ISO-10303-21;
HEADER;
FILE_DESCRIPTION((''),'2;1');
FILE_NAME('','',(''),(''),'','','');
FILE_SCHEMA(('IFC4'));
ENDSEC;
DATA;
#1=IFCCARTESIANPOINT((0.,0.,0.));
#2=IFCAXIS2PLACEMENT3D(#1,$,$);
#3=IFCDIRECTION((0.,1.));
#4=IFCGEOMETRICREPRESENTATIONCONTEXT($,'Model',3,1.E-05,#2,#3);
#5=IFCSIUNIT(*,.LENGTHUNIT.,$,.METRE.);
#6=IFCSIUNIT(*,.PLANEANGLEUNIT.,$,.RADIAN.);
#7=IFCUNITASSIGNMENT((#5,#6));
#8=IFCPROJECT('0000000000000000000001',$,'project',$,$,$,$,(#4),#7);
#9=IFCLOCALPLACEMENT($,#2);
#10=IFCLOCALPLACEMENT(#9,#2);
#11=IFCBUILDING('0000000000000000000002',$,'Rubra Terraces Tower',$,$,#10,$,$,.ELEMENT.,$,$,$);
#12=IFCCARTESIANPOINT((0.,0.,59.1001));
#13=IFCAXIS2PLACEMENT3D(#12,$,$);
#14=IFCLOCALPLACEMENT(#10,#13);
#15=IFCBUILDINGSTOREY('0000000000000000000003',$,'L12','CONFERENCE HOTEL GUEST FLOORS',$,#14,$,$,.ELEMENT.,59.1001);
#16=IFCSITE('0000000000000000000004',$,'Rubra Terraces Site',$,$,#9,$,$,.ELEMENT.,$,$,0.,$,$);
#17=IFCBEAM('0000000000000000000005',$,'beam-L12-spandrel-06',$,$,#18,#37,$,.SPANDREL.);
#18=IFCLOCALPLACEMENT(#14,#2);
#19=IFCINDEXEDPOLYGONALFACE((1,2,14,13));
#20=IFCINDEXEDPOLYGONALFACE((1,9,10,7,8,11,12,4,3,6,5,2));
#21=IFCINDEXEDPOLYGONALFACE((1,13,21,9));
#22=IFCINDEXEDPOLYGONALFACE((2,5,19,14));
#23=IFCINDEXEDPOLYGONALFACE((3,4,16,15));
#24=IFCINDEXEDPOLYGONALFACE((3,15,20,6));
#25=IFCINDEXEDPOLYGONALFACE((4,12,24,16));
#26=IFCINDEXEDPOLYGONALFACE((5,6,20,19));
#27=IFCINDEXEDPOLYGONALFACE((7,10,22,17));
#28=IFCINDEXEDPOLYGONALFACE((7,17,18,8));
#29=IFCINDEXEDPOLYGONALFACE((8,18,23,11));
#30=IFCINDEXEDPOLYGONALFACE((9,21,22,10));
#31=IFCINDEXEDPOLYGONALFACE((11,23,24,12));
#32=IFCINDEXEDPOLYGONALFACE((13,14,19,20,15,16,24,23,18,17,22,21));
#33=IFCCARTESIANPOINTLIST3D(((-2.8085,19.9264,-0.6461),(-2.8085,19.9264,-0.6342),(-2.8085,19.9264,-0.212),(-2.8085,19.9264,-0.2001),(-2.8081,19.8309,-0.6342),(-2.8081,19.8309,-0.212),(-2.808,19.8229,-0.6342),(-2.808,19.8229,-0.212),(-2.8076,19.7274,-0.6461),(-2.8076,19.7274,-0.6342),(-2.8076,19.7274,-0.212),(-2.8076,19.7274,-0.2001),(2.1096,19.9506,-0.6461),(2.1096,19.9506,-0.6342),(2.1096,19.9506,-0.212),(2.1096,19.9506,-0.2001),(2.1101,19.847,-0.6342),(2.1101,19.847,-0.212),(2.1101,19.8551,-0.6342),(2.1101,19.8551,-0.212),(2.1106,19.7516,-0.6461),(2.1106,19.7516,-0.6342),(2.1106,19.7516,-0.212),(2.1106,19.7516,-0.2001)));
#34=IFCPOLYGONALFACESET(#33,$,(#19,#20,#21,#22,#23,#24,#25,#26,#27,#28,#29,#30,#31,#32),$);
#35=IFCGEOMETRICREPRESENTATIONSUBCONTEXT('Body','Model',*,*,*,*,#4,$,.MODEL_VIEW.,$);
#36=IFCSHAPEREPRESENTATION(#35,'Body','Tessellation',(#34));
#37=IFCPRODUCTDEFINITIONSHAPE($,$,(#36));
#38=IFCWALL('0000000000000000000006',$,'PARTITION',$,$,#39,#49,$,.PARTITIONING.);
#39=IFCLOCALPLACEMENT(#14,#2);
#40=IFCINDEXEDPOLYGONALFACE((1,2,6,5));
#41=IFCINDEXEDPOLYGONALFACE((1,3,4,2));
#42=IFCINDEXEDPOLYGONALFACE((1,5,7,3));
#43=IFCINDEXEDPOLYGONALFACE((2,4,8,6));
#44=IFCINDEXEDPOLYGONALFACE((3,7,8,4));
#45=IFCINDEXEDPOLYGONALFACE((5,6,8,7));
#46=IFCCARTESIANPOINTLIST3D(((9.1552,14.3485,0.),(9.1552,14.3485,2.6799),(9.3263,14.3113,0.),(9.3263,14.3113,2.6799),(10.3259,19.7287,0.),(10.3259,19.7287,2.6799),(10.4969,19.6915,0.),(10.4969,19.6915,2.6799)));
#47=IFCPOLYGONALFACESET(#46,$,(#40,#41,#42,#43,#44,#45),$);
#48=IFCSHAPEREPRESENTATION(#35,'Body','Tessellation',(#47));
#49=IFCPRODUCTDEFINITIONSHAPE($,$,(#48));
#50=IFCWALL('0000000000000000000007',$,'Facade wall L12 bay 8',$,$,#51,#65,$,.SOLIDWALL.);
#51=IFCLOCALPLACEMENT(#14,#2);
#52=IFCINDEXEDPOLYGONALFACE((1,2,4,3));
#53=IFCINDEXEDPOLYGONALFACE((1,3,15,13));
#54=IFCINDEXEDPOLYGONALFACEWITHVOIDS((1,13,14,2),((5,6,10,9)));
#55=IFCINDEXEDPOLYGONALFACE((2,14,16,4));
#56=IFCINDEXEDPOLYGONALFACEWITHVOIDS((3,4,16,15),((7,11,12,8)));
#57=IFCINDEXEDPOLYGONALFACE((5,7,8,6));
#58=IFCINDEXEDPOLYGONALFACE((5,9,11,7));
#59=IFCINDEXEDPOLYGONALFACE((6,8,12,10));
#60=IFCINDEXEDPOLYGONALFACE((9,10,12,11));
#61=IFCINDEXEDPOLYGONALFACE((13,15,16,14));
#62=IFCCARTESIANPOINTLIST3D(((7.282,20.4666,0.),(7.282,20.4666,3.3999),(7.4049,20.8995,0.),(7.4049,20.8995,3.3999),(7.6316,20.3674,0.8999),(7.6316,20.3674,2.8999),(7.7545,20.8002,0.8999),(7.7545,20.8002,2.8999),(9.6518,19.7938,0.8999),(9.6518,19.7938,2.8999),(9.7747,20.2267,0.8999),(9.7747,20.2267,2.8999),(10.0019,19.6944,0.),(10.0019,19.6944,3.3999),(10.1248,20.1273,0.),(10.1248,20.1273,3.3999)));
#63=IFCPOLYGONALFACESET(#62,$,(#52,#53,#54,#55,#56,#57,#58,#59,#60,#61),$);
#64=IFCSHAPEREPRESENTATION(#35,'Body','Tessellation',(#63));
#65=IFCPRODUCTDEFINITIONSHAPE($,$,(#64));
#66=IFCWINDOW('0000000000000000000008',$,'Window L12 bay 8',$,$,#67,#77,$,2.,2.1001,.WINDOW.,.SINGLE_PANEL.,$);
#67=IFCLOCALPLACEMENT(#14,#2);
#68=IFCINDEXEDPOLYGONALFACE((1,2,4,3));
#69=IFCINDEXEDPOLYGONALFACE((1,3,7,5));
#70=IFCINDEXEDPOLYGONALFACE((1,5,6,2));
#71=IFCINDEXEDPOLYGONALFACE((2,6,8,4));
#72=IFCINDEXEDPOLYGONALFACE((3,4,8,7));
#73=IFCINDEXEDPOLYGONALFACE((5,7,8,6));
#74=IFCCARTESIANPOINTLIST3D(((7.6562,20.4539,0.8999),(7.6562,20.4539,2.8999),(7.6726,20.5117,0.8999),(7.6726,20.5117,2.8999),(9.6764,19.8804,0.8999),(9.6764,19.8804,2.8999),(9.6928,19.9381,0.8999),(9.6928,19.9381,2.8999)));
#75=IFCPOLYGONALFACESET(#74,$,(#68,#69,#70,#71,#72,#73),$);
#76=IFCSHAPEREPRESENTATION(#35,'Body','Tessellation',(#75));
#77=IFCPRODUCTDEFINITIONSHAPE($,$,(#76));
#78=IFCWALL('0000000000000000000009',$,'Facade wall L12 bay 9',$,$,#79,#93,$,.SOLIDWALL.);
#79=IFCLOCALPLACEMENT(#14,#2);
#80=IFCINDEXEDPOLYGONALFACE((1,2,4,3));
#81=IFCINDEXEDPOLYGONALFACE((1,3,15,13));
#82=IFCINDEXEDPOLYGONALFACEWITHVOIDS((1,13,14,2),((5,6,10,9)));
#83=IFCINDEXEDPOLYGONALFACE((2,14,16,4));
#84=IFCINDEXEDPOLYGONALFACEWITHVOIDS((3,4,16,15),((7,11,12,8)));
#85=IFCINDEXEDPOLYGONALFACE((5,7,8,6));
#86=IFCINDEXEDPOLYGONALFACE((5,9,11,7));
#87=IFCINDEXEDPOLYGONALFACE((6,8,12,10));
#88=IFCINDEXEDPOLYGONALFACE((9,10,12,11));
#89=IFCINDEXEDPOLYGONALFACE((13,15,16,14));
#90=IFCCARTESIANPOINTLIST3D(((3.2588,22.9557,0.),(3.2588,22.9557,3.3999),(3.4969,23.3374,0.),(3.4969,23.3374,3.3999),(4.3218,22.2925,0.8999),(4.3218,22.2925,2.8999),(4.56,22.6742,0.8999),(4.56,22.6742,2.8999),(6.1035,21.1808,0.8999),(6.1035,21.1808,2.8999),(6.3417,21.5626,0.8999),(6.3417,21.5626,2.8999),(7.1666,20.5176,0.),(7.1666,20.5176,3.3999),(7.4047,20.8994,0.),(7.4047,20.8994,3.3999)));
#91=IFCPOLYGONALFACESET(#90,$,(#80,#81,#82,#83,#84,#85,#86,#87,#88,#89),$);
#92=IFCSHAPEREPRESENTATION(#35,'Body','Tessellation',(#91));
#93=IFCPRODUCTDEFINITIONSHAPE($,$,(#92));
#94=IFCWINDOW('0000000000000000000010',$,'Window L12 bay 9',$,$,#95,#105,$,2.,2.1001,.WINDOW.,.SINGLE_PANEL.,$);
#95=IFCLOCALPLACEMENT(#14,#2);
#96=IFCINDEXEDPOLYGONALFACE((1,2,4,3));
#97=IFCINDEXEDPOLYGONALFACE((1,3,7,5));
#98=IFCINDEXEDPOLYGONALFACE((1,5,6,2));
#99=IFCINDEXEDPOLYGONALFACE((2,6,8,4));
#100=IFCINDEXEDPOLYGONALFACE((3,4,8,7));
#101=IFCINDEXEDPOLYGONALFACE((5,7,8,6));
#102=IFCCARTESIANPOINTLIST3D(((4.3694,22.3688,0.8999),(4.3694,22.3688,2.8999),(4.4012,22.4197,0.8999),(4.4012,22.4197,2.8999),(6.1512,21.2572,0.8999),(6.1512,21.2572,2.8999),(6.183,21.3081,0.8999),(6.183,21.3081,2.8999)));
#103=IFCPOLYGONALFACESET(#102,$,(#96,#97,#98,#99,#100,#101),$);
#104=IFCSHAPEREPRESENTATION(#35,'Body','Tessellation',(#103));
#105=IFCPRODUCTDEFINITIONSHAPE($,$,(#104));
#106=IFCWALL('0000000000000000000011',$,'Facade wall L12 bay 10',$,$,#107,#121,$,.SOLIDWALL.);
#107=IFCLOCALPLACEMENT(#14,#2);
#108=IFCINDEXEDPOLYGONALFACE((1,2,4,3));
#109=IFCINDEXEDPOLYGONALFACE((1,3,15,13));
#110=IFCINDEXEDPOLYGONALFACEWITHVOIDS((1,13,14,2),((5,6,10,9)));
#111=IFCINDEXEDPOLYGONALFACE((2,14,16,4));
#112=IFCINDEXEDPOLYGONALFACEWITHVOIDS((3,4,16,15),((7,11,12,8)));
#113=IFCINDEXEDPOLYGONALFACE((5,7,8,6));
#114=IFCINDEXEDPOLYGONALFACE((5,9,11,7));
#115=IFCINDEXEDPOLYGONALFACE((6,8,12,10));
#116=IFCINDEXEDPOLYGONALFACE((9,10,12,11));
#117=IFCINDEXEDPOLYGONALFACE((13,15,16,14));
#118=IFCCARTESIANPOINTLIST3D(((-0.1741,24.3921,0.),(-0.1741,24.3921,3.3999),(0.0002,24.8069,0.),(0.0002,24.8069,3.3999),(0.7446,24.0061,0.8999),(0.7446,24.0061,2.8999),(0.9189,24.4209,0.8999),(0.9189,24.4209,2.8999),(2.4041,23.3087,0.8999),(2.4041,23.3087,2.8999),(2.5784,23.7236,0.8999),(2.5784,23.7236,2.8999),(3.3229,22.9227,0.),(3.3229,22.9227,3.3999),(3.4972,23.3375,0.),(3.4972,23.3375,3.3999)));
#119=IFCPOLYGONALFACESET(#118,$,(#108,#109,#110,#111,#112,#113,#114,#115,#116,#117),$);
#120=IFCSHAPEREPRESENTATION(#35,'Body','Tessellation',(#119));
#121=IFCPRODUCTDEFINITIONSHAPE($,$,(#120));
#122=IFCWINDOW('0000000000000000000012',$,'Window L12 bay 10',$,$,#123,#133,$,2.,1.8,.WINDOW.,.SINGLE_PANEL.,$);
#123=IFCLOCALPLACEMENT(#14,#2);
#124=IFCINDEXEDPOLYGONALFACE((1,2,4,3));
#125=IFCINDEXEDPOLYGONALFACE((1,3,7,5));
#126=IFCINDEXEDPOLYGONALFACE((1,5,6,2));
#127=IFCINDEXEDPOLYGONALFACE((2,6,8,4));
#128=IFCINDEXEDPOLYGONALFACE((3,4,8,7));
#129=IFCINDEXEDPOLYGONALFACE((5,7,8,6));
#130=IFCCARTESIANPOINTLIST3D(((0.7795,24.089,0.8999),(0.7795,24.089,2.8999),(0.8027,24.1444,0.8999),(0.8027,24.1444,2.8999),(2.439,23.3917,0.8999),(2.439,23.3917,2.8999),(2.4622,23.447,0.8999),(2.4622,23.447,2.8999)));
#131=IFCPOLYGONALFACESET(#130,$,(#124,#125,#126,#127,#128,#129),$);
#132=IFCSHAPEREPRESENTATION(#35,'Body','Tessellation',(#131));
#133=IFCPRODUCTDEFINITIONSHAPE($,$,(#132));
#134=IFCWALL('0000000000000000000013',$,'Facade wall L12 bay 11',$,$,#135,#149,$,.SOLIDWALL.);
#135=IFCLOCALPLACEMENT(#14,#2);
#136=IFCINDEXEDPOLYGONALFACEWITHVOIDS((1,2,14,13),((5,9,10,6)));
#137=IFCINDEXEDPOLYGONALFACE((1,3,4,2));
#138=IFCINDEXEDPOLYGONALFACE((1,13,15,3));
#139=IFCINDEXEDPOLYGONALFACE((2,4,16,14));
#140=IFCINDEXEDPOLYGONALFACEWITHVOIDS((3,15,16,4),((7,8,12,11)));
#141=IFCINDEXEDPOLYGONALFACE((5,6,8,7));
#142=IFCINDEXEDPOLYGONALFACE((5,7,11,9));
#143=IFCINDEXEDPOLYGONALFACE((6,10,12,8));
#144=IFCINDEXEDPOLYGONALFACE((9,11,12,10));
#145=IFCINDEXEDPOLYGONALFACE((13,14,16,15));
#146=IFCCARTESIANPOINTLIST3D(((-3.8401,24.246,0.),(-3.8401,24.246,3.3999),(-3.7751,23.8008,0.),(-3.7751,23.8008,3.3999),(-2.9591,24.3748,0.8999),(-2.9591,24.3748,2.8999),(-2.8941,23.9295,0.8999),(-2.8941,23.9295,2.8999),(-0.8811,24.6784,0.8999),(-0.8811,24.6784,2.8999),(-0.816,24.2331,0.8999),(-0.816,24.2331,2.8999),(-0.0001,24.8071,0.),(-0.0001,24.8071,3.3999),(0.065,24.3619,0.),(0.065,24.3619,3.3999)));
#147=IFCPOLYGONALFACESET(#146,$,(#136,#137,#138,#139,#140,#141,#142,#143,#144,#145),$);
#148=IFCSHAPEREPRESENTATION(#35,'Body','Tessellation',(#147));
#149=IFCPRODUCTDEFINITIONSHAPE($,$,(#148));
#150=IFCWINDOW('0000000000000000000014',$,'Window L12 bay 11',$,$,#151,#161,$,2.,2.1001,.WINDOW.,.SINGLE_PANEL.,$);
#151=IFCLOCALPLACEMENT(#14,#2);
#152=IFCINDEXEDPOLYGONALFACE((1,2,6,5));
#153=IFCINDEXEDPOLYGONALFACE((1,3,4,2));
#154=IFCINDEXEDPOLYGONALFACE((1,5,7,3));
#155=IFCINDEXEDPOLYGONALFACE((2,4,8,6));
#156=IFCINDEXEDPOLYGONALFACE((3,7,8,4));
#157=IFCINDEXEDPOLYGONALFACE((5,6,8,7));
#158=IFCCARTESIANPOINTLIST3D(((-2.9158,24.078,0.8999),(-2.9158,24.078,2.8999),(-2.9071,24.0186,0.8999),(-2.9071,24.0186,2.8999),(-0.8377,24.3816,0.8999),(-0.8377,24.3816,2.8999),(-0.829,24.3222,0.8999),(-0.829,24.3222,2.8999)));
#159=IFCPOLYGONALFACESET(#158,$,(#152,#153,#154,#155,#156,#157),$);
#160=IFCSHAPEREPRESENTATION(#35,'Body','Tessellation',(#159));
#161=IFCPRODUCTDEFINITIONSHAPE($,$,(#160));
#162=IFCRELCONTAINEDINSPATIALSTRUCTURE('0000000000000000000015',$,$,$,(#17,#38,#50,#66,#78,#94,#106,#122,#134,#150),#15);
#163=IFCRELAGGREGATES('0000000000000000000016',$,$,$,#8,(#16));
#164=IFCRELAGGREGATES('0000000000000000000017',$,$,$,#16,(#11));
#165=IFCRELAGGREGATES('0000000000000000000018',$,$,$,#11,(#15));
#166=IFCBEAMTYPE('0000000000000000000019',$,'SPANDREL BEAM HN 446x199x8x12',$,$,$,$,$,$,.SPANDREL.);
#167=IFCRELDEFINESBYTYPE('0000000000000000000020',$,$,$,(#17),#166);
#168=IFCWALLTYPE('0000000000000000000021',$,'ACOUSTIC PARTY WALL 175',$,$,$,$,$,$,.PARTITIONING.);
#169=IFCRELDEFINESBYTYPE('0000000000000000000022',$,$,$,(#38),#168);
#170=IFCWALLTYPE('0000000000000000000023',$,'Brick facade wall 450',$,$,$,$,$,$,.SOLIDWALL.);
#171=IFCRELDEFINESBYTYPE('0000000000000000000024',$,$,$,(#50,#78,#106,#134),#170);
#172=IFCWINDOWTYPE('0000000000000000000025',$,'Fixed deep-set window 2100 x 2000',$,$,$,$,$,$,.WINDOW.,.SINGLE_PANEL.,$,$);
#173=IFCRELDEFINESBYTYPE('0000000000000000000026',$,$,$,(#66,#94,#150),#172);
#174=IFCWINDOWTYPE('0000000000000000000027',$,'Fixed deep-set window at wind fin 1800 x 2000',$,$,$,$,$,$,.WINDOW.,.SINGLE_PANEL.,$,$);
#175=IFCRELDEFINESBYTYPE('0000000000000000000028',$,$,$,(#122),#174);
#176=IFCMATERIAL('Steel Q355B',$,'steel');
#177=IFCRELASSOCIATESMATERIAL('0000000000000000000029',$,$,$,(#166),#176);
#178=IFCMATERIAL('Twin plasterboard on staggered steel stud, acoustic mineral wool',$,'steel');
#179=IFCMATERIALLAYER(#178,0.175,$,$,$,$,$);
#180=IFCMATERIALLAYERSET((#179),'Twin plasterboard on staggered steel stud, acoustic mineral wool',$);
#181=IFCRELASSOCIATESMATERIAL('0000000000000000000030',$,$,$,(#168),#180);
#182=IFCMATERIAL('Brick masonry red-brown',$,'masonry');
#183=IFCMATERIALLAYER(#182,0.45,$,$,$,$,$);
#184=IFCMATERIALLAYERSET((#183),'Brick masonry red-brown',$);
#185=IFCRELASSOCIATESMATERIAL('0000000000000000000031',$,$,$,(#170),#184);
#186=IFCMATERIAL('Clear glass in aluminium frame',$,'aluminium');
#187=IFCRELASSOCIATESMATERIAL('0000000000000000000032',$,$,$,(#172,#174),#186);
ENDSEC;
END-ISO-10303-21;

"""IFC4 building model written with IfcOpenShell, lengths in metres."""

from ifc_helpers import new_model, si_unit, direction, frame, frame_2d, origin, origin_2d, place, context, subcontext, project, spatial, rectangle, i_section, extrude, material, layer, layer_set, material_profile, profile_set, type_object, element, fill, save


model = new_model("IFC4")

# Units and contexts
model_context = context("Model", 3, precision=1e-05, world=origin(), true_north=direction((0.0, 1.0)))
body_context = subcontext(model_context, "Body", "Model", "MODEL_VIEW")
ifc_project = project(units=[si_unit("LENGTHUNIT", "METRE"), si_unit("PLANEANGLEUNIT", "RADIAN")], contexts=[model_context])

# Site, building, storey
site_placement = place(None, origin())
site = spatial("IfcSite", under=ifc_project, at=site_placement, Name="Rubra Terraces Site", CompositionType="ELEMENT", RefElevation=0.0)
building_placement = place(site_placement, origin())
building = spatial("IfcBuilding", under=site, at=building_placement, Name="Rubra Terraces Tower", CompositionType="ELEMENT")
storey_placement = place(building_placement, frame((0.0, 0.0, 59.1001)))
storey = spatial("IfcBuildingStorey", under=building, at=storey_placement, Name="L12", Description="CONFERENCE HOTEL GUEST FLOORS", CompositionType="ELEMENT", Elevation=59.1001)

# Beam
ifc_material_1 = material(Name="Steel Q355B", Category="steel")
ifc_material_profile_1 = material_profile(ifc_material_1, i_section(OverallWidth=0.199, OverallDepth=0.446, WebThickness=0.0081, FlangeThickness=0.012, at=origin_2d()), Name="HN 446x199x8x12")
ifc_profile_set_1 = profile_set([ifc_material_profile_1], Name="Steel Q355B")
beam_type_1 = type_object("IfcBeamType", Name="SPANDREL BEAM HN 446x199x8x12", PredefinedType="SPANDREL", material=ifc_profile_set_1)
beam_1_placement = place(storey_placement, frame((2.1101, 19.8511, -0.4231), z_axis=(-0.999988, -0.004914, 0.0), x_axis=(0.004914, -0.999988, 0.0)))
element("IfcBeam", 1, at=beam_1_placement, inside=storey, type_object=beam_type_1, Name="beam-L12-spandrel-06", PredefinedType="SPANDREL", context=body_context, shape_type="SweptSolid", body=[
    extrude(i_section(OverallWidth=0.199, OverallDepth=0.446, WebThickness=0.0081, FlangeThickness=0.012, at=origin_2d()), origin(), (0.0, 0.0, 1.0), 4.9182),
])

# Wall
ifc_material_2 = material(Name="Twin plasterboard on staggered steel stud, acoustic mineral wool", Category="steel")
ifc_layer_1 = layer(ifc_material_2, 0.175)
ifc_layer_set_1 = layer_set([ifc_layer_1], Name="Twin plasterboard on staggered steel stud, acoustic mineral wool")
wall_type_1 = type_object("IfcWallType", Name="ACOUSTIC PARTY WALL 175", PredefinedType="PARTITIONING", material=ifc_layer_set_1)
wall_1_placement = place(storey_placement, frame((10.4114, 19.71, 0.0), z_axis=(0.0, 0.0, 1.0), x_axis=(-0.212614, -0.977136, 0.0)))
element("IfcWall", 2, at=wall_1_placement, inside=storey, type_object=wall_type_1, Name="PARTITION", PredefinedType="PARTITIONING", context=body_context, shape_type="SweptSolid", body=[
    extrude(rectangle(XDim=5.5061, YDim=0.175, at=frame_2d((2.7529, 0.0))), origin(), (0.0, 0.0, 1.0), 2.6799),
])

# Walls, openings, windows
ifc_material_3 = material(Name="Brick masonry red-brown", Category="masonry")
ifc_layer_2 = layer(ifc_material_3, 0.45)
ifc_layer_set_2 = layer_set([ifc_layer_2], Name="Brick masonry red-brown")
wall_type_2 = type_object("IfcWallType", Name="Brick facade wall 450", PredefinedType="SOLIDWALL", material=ifc_layer_set_2)
wall_2_placement = place(storey_placement, frame((10.0632, 19.9109, 0.0), z_axis=(0.0, 0.0, 1.0), x_axis=(-0.961982, 0.273113, 0.0)))
wall_2 = element("IfcWall", 3, at=wall_2_placement, inside=storey, type_object=wall_type_2, Name="Facade wall L12 bay 8", PredefinedType="SOLIDWALL", context=body_context, shape_type="SweptSolid", body=[
    extrude(rectangle(XDim=2.8274, YDim=0.45, at=frame_2d((1.4136, 0.0))), origin(), (0.0, 0.0, 1.0), 3.3999),
])
opening_1_placement = place(wall_2_placement, frame((0.3638, 0.0, 0.8999)))
opening_1 = element("IfcOpeningElement", 4, at=opening_1_placement, cuts=wall_2, PredefinedType="OPENING", context=body_context, shape_type="SweptSolid", body=[
    extrude(rectangle(XDim=2.1001, YDim=2.0, at=frame_2d((1.05, 1.0))), frame((0.0, 0.2349, 0.0), z_axis=(0.0, -1.0, 0.0), x_axis=(1.0, 0.0, 0.0)), (0.0, 0.0, 1.0), 0.47),
])
ifc_material_4 = material(Name="Clear glass in aluminium frame", Category="aluminium")
window_type_1 = type_object("IfcWindowType", Name="Fixed deep-set window 2100 x 2000", PartitioningType="SINGLE_PANEL", PredefinedType="WINDOW", material=ifc_material_4)
window_1_placement = place(opening_1_placement, origin())
window_1 = element("IfcWindow", 5, at=window_1_placement, inside=storey, type_object=window_type_1, Name="Window L12 bay 8", OverallHeight=2.0, OverallWidth=2.1001, PartitioningType="SINGLE_PANEL", PredefinedType="WINDOW", context=body_context, shape_type="SweptSolid", body=[
    extrude(rectangle(XDim=2.1001, YDim=2.0, at=frame_2d((1.05, 1.0))), frame((0.0, 0.135, 0.0), z_axis=(0.0, -1.0, 0.0), x_axis=(1.0, 0.0, 0.0)), (0.0, 0.0, 1.0), 0.0601),
])
fill(opening_1, window_1)
wall_3_placement = place(storey_placement, frame((7.2856, 20.7085, 0.0), z_axis=(0.0, 0.0, 1.0), x_axis=(-0.848421, 0.529322, 0.0)))
wall_3 = element("IfcWall", 6, at=wall_3_placement, inside=storey, type_object=wall_type_2, Name="Facade wall L12 bay 9", PredefinedType="SOLIDWALL", context=body_context, shape_type="SweptSolid", body=[
    extrude(rectangle(XDim=4.606, YDim=0.45, at=frame_2d((2.303, 0.0))), origin(), (0.0, 0.0, 1.0), 3.3999),
])
opening_2_placement = place(wall_3_placement, frame((1.2529, 0.0, 0.8999)))
opening_2 = element("IfcOpeningElement", 7, at=opening_2_placement, cuts=wall_3, PredefinedType="OPENING", context=body_context, shape_type="SweptSolid", body=[
    extrude(rectangle(XDim=2.1001, YDim=2.0, at=frame_2d((1.05, 1.0))), frame((0.0, 0.2349, 0.0), z_axis=(0.0, -1.0, 0.0), x_axis=(1.0, 0.0, 0.0)), (0.0, 0.0, 1.0), 0.47),
])
window_2_placement = place(opening_2_placement, origin())
window_2 = element("IfcWindow", 8, at=window_2_placement, inside=storey, type_object=window_type_1, Name="Window L12 bay 9", OverallHeight=2.0, OverallWidth=2.1001, PartitioningType="SINGLE_PANEL", PredefinedType="WINDOW", context=body_context, shape_type="SweptSolid", body=[
    extrude(rectangle(XDim=2.1001, YDim=2.0, at=frame_2d((1.05, 1.0))), frame((0.0, 0.135, 0.0), z_axis=(0.0, -1.0, 0.0), x_axis=(1.0, 0.0, 0.0)), (0.0, 0.0, 1.0), 0.0601),
])
fill(opening_2, window_2)
wall_4_placement = place(storey_placement, frame((3.4099, 23.1301, 0.0), z_axis=(0.0, 0.0, 1.0), x_axis=(-0.921915, 0.387392, 0.0)))
wall_4 = element("IfcWall", 9, at=wall_4_placement, inside=storey, type_object=wall_type_2, Name="Facade wall L12 bay 10", PredefinedType="SOLIDWALL", context=body_context, shape_type="SweptSolid", body=[
    extrude(rectangle(XDim=3.7932, YDim=0.45, at=frame_2d((1.8965, 0.0))), origin(), (0.0, 0.0, 1.0), 3.3999),
])
opening_3_placement = place(wall_4_placement, frame((0.9966, 0.0, 0.8999)))
opening_3 = element("IfcOpeningElement", 10, at=opening_3_placement, cuts=wall_4, PredefinedType="OPENING", context=body_context, shape_type="SweptSolid", body=[
    extrude(rectangle(XDim=1.8, YDim=2.0, at=frame_2d((0.8999, 1.0))), frame((0.0, 0.2349, 0.0), z_axis=(0.0, -1.0, 0.0), x_axis=(1.0, 0.0, 0.0)), (0.0, 0.0, 1.0), 0.47),
])
window_type_2 = type_object("IfcWindowType", Name="Fixed deep-set window at wind fin 1800 x 2000", PartitioningType="SINGLE_PANEL", PredefinedType="WINDOW", material=ifc_material_4)
window_3_placement = place(opening_3_placement, origin())
window_3 = element("IfcWindow", 11, at=window_3_placement, inside=storey, type_object=window_type_2, Name="Window L12 bay 10", OverallHeight=2.0, OverallWidth=1.8, PartitioningType="SINGLE_PANEL", PredefinedType="WINDOW", context=body_context, shape_type="SweptSolid", body=[
    extrude(rectangle(XDim=1.8, YDim=2.0, at=frame_2d((0.8999, 1.0))), frame((0.0, 0.135, 0.0), z_axis=(0.0, -1.0, 0.0), x_axis=(1.0, 0.0, 0.0)), (0.0, 0.0, 1.0), 0.0601),
])
fill(opening_3, window_3)
wall_5_placement = place(storey_placement, frame((0.0325, 24.5845, 0.0), z_axis=(0.0, 0.0, 1.0), x_axis=(-0.989495, -0.144565, 0.0)))
wall_5 = element("IfcWall", 12, at=wall_5_placement, inside=storey, type_object=wall_type_2, Name="Facade wall L12 bay 11", PredefinedType="SOLIDWALL", context=body_context, shape_type="SweptSolid", body=[
    extrude(rectangle(XDim=3.8809, YDim=0.45, at=frame_2d((1.9404, 0.0))), origin(), (0.0, 0.0, 1.0), 3.3999),
])
opening_4_placement = place(wall_5_placement, frame((0.8904, 0.0, 0.8999)))
opening_4 = element("IfcOpeningElement", 13, at=opening_4_placement, cuts=wall_5, PredefinedType="OPENING", context=body_context, shape_type="SweptSolid", body=[
    extrude(rectangle(XDim=2.1001, YDim=2.0, at=frame_2d((1.05, 1.0))), frame((0.0, 0.2349, 0.0), z_axis=(0.0, -1.0, 0.0), x_axis=(1.0, 0.0, 0.0)), (0.0, 0.0, 1.0), 0.47),
])
window_4_placement = place(opening_4_placement, origin())
window_4 = element("IfcWindow", 14, at=window_4_placement, inside=storey, type_object=window_type_1, Name="Window L12 bay 11", OverallHeight=2.0, OverallWidth=2.1001, PartitioningType="SINGLE_PANEL", PredefinedType="WINDOW", context=body_context, shape_type="SweptSolid", body=[
    extrude(rectangle(XDim=2.1001, YDim=2.0, at=frame_2d((1.05, 1.0))), frame((0.0, 0.135, 0.0), z_axis=(0.0, -1.0, 0.0), x_axis=(1.0, 0.0, 0.0)), (0.0, 0.0, 1.0), 0.0601),
])
fill(opening_4, window_4)

save(model, "model.ifc")
